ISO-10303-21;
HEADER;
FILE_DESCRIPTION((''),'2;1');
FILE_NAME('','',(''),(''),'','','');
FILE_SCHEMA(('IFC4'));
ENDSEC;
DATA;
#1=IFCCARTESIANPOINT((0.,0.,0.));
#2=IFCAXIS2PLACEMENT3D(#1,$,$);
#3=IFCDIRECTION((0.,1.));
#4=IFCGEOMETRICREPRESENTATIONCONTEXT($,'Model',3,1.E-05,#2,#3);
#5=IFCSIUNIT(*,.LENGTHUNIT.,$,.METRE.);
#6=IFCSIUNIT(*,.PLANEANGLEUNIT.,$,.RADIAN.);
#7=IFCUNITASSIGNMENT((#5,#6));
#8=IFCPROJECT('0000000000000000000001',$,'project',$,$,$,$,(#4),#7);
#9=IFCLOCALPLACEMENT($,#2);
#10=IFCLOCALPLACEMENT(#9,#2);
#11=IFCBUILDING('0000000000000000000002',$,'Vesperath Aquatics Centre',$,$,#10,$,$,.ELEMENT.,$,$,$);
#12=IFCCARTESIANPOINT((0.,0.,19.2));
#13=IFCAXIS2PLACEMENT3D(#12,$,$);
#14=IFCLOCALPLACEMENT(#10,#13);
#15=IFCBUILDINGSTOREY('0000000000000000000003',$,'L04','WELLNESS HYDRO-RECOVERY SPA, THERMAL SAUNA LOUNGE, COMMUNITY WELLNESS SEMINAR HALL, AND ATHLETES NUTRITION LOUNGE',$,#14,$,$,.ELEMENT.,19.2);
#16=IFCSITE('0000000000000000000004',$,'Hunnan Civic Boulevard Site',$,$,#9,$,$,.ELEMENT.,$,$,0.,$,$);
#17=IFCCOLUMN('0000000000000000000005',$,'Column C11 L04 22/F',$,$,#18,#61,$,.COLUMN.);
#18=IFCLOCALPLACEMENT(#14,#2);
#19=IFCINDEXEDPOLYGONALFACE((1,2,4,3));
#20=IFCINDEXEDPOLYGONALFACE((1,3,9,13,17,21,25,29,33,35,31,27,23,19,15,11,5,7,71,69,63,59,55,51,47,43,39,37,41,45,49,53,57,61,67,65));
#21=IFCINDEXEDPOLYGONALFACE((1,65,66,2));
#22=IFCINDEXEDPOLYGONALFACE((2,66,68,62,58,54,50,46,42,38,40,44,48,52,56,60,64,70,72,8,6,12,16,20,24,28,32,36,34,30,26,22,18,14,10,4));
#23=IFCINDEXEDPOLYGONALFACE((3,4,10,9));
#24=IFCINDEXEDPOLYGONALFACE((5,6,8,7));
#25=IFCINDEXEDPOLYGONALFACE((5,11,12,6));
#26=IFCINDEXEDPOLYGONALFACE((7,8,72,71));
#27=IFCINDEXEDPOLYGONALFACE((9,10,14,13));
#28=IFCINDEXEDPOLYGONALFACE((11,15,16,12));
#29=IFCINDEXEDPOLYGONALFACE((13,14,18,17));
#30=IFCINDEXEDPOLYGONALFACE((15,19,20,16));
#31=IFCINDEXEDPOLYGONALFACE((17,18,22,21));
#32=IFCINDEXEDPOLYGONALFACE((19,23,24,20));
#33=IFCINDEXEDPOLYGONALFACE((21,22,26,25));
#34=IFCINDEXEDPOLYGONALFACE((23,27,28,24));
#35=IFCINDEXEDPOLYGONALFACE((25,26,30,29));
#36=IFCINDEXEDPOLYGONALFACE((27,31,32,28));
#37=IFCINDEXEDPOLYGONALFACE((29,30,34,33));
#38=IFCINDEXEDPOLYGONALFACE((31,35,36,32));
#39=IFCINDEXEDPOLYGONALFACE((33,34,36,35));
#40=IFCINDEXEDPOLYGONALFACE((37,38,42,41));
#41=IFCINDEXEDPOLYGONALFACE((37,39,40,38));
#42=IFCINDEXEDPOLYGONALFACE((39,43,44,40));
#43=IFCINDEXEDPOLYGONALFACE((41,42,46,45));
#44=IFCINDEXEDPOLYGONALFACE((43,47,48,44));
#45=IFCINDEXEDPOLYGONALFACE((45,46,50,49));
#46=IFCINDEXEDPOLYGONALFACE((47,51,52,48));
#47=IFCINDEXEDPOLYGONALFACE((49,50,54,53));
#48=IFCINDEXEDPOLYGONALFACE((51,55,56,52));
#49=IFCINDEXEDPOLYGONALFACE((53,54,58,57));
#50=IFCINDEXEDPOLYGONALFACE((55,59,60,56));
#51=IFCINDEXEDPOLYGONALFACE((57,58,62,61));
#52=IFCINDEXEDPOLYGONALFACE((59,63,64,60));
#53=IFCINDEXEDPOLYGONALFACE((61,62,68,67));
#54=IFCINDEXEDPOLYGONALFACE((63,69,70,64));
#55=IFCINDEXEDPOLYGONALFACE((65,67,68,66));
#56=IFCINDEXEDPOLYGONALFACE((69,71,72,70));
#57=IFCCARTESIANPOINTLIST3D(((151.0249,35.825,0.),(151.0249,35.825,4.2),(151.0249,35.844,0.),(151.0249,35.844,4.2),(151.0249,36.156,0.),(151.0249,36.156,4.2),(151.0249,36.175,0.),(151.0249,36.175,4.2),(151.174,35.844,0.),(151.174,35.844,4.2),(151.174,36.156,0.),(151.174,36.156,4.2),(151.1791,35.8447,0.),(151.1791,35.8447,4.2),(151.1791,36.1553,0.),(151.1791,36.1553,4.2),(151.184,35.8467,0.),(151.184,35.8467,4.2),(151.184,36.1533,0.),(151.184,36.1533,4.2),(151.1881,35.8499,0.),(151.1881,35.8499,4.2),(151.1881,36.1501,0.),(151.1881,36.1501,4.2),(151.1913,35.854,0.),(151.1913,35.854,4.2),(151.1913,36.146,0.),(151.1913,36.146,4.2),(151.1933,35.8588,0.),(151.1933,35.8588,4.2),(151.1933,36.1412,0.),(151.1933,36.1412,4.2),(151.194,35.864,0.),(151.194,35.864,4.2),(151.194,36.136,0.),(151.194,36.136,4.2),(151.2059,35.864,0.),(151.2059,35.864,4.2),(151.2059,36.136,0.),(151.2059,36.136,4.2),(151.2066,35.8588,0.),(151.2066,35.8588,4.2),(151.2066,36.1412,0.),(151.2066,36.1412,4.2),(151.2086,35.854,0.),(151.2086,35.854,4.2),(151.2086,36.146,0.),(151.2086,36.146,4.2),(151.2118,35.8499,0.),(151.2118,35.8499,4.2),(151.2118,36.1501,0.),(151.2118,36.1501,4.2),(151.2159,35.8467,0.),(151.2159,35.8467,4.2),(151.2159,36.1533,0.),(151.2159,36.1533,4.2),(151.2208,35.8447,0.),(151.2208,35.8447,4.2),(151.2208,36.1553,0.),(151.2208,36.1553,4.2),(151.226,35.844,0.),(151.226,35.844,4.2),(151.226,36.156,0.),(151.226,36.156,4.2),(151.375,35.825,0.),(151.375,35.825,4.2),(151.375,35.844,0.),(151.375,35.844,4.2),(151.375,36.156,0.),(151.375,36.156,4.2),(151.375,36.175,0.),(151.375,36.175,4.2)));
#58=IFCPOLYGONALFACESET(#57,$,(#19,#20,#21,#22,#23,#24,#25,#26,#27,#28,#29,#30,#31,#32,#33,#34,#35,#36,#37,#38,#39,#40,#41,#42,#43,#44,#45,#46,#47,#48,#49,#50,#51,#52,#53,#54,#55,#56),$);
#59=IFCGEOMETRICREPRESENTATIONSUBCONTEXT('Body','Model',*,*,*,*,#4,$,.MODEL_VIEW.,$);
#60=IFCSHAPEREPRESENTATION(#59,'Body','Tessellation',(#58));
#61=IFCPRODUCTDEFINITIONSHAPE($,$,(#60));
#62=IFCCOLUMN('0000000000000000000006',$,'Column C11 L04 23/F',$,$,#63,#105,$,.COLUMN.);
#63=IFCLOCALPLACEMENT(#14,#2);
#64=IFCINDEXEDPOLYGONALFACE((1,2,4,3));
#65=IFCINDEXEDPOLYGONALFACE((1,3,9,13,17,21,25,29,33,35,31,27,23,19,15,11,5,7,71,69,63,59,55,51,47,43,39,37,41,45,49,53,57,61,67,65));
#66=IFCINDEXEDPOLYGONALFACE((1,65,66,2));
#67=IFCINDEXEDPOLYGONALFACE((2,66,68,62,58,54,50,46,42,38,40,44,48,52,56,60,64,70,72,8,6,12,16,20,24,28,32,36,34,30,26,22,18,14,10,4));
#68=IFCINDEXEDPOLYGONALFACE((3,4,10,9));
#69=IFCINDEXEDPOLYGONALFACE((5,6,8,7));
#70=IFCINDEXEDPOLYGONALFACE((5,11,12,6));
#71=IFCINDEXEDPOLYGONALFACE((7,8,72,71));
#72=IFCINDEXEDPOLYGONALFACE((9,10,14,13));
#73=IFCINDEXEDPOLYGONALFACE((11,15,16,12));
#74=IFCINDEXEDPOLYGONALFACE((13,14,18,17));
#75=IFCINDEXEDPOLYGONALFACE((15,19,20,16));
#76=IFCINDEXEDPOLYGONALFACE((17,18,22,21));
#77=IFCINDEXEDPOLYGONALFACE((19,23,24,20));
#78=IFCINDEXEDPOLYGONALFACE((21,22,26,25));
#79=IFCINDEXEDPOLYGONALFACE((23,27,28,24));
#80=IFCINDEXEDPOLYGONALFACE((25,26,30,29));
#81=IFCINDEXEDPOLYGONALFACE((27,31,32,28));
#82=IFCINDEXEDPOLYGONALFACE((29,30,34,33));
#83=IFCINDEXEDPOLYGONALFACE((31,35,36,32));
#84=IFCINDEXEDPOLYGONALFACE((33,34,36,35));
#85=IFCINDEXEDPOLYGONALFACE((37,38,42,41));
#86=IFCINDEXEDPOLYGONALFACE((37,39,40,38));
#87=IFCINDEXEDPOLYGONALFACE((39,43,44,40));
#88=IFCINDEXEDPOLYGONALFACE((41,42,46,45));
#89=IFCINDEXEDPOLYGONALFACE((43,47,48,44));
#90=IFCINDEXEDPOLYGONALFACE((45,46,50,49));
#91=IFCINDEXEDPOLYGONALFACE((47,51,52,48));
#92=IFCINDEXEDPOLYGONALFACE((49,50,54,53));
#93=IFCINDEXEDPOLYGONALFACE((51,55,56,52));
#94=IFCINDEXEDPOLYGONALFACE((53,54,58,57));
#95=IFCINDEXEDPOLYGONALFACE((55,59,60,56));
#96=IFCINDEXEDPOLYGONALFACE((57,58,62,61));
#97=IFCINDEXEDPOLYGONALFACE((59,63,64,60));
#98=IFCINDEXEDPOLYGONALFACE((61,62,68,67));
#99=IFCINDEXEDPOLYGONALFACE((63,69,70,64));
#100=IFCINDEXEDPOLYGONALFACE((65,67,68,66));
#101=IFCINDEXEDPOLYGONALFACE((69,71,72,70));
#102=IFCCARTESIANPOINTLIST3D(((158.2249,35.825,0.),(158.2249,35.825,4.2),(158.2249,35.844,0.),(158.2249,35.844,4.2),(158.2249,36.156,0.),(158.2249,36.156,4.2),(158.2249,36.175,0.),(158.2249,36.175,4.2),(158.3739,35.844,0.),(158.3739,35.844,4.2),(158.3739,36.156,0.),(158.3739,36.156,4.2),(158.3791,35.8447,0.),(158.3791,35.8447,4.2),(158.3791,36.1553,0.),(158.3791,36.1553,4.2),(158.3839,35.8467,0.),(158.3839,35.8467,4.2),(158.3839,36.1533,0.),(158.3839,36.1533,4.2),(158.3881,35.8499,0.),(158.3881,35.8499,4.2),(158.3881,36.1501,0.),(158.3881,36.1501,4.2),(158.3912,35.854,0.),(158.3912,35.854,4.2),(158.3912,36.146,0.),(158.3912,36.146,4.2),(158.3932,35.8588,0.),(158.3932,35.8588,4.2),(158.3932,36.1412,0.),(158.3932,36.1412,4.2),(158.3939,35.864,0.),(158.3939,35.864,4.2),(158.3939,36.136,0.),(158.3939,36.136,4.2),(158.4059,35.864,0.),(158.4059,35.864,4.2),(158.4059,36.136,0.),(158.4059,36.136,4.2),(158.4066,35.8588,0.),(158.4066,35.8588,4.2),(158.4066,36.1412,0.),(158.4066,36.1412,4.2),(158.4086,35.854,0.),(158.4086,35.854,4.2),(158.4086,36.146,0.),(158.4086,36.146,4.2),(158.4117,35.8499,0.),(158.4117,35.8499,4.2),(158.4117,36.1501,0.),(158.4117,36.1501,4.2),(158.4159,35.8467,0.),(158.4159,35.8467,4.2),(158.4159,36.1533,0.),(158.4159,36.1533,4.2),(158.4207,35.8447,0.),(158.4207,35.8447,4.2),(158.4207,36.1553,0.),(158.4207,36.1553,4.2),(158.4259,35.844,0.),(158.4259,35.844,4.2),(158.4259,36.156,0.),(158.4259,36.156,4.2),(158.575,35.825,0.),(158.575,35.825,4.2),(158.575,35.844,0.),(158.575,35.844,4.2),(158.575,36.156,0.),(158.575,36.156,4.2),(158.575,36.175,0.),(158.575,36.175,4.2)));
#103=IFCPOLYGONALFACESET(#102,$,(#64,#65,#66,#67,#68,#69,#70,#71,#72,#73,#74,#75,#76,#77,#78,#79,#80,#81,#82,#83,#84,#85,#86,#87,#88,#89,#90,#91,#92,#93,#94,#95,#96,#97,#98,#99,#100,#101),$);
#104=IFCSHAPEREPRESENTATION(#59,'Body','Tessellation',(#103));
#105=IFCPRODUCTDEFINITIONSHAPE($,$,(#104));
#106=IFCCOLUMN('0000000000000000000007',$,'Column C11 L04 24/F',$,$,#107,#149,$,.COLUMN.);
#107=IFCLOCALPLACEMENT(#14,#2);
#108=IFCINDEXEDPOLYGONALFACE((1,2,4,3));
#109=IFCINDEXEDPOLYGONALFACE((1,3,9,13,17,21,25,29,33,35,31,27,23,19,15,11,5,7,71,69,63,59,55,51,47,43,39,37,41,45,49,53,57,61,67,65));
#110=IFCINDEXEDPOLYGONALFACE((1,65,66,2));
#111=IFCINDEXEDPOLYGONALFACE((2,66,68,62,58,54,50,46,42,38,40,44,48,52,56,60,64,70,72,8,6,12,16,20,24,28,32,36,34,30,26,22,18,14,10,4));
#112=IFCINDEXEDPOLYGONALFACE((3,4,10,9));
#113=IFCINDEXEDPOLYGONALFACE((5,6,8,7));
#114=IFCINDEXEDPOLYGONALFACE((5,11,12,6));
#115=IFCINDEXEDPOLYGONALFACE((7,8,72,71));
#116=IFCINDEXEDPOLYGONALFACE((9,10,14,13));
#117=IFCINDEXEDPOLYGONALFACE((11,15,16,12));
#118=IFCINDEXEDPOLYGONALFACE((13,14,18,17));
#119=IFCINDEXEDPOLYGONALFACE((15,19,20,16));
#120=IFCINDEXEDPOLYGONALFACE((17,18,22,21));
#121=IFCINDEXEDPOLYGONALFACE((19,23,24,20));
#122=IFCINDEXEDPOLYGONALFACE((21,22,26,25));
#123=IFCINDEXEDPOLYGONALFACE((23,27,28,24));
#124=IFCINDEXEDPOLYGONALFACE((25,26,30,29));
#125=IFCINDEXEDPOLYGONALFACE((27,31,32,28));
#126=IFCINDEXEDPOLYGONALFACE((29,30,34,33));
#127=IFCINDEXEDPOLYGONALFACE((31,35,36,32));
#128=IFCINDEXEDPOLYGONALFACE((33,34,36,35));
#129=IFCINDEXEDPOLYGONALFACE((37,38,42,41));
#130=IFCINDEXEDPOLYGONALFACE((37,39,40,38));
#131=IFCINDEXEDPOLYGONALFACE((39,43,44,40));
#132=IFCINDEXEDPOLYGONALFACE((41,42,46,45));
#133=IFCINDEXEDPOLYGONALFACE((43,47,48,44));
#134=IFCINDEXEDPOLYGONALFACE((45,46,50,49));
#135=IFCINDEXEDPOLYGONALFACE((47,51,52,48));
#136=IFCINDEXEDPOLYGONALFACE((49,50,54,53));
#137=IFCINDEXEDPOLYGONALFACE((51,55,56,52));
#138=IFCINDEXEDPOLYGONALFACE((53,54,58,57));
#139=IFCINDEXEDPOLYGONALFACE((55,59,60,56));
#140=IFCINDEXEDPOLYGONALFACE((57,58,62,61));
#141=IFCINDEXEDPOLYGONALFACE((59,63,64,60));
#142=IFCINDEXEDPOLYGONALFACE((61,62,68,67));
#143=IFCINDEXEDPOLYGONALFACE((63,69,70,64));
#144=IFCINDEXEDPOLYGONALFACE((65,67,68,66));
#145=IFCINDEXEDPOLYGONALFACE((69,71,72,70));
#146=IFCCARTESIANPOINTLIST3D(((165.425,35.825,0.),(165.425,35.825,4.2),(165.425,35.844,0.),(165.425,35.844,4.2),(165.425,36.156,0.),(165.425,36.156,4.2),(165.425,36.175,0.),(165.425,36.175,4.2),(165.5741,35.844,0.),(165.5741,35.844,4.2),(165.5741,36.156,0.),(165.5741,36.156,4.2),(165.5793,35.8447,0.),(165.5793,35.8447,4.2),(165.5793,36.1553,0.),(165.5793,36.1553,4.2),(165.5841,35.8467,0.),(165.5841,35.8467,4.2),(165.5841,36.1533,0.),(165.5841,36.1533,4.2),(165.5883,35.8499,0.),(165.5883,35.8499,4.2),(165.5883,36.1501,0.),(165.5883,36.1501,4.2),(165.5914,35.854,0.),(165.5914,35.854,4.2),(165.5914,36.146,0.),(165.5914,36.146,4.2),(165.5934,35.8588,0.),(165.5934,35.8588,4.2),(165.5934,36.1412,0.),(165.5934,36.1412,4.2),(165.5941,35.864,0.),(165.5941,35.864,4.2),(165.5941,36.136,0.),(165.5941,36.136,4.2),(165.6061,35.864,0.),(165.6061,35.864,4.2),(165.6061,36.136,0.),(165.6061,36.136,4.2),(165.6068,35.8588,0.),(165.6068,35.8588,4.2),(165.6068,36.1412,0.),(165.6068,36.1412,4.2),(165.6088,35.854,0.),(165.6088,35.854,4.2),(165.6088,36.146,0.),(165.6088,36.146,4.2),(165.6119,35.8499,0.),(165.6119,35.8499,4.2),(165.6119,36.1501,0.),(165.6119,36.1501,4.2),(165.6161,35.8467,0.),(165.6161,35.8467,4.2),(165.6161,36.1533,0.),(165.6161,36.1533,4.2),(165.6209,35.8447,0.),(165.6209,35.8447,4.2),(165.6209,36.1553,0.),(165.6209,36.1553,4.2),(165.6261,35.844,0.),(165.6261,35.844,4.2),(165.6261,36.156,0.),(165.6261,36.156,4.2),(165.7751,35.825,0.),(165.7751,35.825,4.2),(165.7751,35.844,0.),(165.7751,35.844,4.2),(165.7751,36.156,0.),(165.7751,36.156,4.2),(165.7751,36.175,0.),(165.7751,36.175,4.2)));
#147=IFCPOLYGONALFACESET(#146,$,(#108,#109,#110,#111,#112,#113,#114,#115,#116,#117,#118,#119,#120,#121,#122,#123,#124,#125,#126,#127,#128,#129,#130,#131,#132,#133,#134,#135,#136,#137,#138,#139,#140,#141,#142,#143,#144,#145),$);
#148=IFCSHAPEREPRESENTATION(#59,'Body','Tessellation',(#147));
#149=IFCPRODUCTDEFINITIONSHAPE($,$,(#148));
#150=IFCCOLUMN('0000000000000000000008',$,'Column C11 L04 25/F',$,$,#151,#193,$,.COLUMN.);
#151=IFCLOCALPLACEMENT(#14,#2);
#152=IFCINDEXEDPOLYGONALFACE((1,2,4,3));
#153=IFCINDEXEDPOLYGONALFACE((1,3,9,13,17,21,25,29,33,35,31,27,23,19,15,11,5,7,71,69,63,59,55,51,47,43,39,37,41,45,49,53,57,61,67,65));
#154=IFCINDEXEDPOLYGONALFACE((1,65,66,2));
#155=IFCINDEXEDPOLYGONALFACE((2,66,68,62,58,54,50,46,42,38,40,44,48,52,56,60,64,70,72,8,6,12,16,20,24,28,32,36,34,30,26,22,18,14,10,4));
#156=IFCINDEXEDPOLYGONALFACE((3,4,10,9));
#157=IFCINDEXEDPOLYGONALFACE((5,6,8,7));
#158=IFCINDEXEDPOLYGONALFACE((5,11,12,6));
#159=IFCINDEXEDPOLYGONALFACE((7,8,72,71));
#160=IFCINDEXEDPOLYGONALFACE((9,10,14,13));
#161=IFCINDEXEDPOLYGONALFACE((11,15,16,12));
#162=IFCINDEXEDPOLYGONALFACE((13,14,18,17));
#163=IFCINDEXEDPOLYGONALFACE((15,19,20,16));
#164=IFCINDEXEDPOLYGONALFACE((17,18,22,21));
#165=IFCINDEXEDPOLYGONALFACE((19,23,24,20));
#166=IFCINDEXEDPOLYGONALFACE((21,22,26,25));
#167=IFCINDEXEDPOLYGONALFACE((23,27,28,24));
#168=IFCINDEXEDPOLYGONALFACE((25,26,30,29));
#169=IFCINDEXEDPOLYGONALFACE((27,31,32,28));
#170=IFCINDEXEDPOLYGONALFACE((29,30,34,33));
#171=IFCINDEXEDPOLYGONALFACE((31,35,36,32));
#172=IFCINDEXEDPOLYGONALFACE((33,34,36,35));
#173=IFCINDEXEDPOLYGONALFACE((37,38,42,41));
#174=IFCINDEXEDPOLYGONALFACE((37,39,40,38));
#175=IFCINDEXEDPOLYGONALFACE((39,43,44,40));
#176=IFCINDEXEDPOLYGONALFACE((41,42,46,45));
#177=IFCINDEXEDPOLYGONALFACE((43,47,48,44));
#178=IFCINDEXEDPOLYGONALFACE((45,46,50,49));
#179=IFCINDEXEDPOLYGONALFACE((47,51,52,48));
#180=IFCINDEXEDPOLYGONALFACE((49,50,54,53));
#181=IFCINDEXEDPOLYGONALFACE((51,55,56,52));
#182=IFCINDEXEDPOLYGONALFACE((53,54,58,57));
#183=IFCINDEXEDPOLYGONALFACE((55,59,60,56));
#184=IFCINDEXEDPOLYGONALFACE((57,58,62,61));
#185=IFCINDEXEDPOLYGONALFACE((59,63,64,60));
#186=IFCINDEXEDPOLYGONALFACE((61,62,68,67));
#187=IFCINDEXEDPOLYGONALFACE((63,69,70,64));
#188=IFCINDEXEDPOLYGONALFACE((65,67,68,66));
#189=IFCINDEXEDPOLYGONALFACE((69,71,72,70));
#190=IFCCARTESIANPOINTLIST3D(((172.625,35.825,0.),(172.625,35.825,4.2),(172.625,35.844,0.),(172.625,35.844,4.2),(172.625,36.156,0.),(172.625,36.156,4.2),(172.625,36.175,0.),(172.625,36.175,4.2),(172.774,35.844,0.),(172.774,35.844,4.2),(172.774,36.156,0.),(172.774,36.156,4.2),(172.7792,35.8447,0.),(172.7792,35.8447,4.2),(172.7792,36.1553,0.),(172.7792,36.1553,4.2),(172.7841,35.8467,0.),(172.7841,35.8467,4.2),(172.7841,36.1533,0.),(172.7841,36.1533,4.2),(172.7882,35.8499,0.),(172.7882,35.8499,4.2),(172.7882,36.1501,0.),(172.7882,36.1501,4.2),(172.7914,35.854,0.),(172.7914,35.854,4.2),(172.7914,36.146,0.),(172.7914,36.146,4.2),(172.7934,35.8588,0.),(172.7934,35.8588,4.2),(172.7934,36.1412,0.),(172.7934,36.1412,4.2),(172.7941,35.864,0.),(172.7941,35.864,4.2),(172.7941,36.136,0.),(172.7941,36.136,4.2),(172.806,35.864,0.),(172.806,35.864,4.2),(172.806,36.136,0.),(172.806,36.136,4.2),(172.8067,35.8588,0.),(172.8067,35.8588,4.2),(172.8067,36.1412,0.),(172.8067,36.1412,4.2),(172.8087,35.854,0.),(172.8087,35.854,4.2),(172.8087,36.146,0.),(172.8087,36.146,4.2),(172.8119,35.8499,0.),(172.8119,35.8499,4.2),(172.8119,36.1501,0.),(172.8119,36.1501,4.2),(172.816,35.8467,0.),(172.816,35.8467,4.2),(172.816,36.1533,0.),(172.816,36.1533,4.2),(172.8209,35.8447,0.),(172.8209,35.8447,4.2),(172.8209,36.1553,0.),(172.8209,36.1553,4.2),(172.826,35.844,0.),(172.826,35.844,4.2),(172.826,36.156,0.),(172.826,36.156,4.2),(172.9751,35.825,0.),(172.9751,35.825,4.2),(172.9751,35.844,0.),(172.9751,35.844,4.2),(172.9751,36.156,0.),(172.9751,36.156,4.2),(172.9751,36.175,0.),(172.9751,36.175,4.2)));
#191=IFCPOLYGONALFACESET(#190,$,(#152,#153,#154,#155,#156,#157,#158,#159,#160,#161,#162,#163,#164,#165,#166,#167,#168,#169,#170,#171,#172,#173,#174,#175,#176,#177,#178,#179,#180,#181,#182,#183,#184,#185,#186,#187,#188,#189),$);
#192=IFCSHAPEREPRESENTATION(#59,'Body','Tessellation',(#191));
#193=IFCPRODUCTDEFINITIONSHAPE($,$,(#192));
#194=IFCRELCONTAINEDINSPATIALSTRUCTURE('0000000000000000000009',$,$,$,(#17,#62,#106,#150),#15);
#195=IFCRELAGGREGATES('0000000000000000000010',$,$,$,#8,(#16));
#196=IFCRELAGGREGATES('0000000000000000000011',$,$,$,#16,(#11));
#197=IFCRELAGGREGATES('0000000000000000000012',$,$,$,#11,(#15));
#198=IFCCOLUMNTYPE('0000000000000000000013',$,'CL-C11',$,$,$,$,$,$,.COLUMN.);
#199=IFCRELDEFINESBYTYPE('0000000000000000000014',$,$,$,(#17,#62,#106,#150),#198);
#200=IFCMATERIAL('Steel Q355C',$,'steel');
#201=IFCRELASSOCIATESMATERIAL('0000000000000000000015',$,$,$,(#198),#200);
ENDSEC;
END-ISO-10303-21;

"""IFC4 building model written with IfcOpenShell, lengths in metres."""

from ifc_helpers import new_model, si_unit, direction, frame, origin, origin_2d, place, context, subcontext, project, spatial, i_section, extrude, material, material_profile, profile_set, type_object, element, save


model = new_model("IFC4")

# Units and contexts
model_context = context("Model", 3, precision=1e-05, world=origin(), true_north=direction((0.0, 1.0)))
body_context = subcontext(model_context, "Body", "Model", "MODEL_VIEW")
ifc_project = project(units=[si_unit("LENGTHUNIT", "METRE"), si_unit("PLANEANGLEUNIT", "RADIAN")], contexts=[model_context])

# Site, building, storey
site_placement = place(None, origin())
site = spatial("IfcSite", under=ifc_project, at=site_placement, Name="Hunnan Civic Boulevard Site", CompositionType="ELEMENT", RefElevation=0.0)
building_placement = place(site_placement, origin())
building = spatial("IfcBuilding", under=site, at=building_placement, Name="Vesperath Aquatics Centre", CompositionType="ELEMENT")
storey_placement = place(building_placement, frame((0.0, 0.0, 19.2)))
storey = spatial("IfcBuildingStorey", under=building, at=storey_placement, Name="L04", Description="WELLNESS HYDRO-RECOVERY SPA, THERMAL SAUNA LOUNGE, COMMUNITY WELLNESS SEMINAR HALL, AND ATHLETES NUTRITION LOUNGE", CompositionType="ELEMENT", Elevation=19.2)

# Columns
ifc_material_1 = material(Name="Steel Q355C", Category="steel")
ifc_material_profile_1 = material_profile(ifc_material_1, i_section(OverallWidth=0.3501, OverallDepth=0.3501, WebThickness=0.012, FlangeThickness=0.019, FilletRadius=0.02, at=origin_2d()), Name="HW 350x350x12x19")
ifc_profile_set_1 = profile_set([ifc_material_profile_1], Name="Steel Q355C")
column_type_1 = type_object("IfcColumnType", Name="CL-C11", PredefinedType="COLUMN", material=ifc_profile_set_1)
for number, where, z_axis, x_axis, name in (
    (1, (151.2, 36.0, 0.0), (0.0, 0.0, 1.0), (1.0, 0.0, 0.0), "Column C11 L04 22/F"),
    (2, (158.3999, 36.0, 0.0), (0.0, 0.0, 1.0), (1.0, 0.0, 0.0), "Column C11 L04 23/F"),
    (3, (165.6001, 36.0, 0.0), (0.0, 0.0, 1.0), (1.0, 0.0, 0.0), "Column C11 L04 24/F"),
    (4, (172.8, 36.0, 0.0), (0.0, 0.0, 1.0), (1.0, 0.0, 0.0), "Column C11 L04 25/F"),
):
    element("IfcColumn", number, at=place(storey_placement, frame(where, z_axis=z_axis, x_axis=x_axis)), inside=storey, type_object=column_type_1, Name=name, PredefinedType="COLUMN", context=body_context, shape_type="SweptSolid", body=[
        extrude(i_section(OverallWidth=0.3501, OverallDepth=0.3501, WebThickness=0.012, FlangeThickness=0.019, FilletRadius=0.02, at=origin_2d()), origin(), (0.0, 0.0, 1.0), 4.2),
    ])

save(model, "model.ifc")
